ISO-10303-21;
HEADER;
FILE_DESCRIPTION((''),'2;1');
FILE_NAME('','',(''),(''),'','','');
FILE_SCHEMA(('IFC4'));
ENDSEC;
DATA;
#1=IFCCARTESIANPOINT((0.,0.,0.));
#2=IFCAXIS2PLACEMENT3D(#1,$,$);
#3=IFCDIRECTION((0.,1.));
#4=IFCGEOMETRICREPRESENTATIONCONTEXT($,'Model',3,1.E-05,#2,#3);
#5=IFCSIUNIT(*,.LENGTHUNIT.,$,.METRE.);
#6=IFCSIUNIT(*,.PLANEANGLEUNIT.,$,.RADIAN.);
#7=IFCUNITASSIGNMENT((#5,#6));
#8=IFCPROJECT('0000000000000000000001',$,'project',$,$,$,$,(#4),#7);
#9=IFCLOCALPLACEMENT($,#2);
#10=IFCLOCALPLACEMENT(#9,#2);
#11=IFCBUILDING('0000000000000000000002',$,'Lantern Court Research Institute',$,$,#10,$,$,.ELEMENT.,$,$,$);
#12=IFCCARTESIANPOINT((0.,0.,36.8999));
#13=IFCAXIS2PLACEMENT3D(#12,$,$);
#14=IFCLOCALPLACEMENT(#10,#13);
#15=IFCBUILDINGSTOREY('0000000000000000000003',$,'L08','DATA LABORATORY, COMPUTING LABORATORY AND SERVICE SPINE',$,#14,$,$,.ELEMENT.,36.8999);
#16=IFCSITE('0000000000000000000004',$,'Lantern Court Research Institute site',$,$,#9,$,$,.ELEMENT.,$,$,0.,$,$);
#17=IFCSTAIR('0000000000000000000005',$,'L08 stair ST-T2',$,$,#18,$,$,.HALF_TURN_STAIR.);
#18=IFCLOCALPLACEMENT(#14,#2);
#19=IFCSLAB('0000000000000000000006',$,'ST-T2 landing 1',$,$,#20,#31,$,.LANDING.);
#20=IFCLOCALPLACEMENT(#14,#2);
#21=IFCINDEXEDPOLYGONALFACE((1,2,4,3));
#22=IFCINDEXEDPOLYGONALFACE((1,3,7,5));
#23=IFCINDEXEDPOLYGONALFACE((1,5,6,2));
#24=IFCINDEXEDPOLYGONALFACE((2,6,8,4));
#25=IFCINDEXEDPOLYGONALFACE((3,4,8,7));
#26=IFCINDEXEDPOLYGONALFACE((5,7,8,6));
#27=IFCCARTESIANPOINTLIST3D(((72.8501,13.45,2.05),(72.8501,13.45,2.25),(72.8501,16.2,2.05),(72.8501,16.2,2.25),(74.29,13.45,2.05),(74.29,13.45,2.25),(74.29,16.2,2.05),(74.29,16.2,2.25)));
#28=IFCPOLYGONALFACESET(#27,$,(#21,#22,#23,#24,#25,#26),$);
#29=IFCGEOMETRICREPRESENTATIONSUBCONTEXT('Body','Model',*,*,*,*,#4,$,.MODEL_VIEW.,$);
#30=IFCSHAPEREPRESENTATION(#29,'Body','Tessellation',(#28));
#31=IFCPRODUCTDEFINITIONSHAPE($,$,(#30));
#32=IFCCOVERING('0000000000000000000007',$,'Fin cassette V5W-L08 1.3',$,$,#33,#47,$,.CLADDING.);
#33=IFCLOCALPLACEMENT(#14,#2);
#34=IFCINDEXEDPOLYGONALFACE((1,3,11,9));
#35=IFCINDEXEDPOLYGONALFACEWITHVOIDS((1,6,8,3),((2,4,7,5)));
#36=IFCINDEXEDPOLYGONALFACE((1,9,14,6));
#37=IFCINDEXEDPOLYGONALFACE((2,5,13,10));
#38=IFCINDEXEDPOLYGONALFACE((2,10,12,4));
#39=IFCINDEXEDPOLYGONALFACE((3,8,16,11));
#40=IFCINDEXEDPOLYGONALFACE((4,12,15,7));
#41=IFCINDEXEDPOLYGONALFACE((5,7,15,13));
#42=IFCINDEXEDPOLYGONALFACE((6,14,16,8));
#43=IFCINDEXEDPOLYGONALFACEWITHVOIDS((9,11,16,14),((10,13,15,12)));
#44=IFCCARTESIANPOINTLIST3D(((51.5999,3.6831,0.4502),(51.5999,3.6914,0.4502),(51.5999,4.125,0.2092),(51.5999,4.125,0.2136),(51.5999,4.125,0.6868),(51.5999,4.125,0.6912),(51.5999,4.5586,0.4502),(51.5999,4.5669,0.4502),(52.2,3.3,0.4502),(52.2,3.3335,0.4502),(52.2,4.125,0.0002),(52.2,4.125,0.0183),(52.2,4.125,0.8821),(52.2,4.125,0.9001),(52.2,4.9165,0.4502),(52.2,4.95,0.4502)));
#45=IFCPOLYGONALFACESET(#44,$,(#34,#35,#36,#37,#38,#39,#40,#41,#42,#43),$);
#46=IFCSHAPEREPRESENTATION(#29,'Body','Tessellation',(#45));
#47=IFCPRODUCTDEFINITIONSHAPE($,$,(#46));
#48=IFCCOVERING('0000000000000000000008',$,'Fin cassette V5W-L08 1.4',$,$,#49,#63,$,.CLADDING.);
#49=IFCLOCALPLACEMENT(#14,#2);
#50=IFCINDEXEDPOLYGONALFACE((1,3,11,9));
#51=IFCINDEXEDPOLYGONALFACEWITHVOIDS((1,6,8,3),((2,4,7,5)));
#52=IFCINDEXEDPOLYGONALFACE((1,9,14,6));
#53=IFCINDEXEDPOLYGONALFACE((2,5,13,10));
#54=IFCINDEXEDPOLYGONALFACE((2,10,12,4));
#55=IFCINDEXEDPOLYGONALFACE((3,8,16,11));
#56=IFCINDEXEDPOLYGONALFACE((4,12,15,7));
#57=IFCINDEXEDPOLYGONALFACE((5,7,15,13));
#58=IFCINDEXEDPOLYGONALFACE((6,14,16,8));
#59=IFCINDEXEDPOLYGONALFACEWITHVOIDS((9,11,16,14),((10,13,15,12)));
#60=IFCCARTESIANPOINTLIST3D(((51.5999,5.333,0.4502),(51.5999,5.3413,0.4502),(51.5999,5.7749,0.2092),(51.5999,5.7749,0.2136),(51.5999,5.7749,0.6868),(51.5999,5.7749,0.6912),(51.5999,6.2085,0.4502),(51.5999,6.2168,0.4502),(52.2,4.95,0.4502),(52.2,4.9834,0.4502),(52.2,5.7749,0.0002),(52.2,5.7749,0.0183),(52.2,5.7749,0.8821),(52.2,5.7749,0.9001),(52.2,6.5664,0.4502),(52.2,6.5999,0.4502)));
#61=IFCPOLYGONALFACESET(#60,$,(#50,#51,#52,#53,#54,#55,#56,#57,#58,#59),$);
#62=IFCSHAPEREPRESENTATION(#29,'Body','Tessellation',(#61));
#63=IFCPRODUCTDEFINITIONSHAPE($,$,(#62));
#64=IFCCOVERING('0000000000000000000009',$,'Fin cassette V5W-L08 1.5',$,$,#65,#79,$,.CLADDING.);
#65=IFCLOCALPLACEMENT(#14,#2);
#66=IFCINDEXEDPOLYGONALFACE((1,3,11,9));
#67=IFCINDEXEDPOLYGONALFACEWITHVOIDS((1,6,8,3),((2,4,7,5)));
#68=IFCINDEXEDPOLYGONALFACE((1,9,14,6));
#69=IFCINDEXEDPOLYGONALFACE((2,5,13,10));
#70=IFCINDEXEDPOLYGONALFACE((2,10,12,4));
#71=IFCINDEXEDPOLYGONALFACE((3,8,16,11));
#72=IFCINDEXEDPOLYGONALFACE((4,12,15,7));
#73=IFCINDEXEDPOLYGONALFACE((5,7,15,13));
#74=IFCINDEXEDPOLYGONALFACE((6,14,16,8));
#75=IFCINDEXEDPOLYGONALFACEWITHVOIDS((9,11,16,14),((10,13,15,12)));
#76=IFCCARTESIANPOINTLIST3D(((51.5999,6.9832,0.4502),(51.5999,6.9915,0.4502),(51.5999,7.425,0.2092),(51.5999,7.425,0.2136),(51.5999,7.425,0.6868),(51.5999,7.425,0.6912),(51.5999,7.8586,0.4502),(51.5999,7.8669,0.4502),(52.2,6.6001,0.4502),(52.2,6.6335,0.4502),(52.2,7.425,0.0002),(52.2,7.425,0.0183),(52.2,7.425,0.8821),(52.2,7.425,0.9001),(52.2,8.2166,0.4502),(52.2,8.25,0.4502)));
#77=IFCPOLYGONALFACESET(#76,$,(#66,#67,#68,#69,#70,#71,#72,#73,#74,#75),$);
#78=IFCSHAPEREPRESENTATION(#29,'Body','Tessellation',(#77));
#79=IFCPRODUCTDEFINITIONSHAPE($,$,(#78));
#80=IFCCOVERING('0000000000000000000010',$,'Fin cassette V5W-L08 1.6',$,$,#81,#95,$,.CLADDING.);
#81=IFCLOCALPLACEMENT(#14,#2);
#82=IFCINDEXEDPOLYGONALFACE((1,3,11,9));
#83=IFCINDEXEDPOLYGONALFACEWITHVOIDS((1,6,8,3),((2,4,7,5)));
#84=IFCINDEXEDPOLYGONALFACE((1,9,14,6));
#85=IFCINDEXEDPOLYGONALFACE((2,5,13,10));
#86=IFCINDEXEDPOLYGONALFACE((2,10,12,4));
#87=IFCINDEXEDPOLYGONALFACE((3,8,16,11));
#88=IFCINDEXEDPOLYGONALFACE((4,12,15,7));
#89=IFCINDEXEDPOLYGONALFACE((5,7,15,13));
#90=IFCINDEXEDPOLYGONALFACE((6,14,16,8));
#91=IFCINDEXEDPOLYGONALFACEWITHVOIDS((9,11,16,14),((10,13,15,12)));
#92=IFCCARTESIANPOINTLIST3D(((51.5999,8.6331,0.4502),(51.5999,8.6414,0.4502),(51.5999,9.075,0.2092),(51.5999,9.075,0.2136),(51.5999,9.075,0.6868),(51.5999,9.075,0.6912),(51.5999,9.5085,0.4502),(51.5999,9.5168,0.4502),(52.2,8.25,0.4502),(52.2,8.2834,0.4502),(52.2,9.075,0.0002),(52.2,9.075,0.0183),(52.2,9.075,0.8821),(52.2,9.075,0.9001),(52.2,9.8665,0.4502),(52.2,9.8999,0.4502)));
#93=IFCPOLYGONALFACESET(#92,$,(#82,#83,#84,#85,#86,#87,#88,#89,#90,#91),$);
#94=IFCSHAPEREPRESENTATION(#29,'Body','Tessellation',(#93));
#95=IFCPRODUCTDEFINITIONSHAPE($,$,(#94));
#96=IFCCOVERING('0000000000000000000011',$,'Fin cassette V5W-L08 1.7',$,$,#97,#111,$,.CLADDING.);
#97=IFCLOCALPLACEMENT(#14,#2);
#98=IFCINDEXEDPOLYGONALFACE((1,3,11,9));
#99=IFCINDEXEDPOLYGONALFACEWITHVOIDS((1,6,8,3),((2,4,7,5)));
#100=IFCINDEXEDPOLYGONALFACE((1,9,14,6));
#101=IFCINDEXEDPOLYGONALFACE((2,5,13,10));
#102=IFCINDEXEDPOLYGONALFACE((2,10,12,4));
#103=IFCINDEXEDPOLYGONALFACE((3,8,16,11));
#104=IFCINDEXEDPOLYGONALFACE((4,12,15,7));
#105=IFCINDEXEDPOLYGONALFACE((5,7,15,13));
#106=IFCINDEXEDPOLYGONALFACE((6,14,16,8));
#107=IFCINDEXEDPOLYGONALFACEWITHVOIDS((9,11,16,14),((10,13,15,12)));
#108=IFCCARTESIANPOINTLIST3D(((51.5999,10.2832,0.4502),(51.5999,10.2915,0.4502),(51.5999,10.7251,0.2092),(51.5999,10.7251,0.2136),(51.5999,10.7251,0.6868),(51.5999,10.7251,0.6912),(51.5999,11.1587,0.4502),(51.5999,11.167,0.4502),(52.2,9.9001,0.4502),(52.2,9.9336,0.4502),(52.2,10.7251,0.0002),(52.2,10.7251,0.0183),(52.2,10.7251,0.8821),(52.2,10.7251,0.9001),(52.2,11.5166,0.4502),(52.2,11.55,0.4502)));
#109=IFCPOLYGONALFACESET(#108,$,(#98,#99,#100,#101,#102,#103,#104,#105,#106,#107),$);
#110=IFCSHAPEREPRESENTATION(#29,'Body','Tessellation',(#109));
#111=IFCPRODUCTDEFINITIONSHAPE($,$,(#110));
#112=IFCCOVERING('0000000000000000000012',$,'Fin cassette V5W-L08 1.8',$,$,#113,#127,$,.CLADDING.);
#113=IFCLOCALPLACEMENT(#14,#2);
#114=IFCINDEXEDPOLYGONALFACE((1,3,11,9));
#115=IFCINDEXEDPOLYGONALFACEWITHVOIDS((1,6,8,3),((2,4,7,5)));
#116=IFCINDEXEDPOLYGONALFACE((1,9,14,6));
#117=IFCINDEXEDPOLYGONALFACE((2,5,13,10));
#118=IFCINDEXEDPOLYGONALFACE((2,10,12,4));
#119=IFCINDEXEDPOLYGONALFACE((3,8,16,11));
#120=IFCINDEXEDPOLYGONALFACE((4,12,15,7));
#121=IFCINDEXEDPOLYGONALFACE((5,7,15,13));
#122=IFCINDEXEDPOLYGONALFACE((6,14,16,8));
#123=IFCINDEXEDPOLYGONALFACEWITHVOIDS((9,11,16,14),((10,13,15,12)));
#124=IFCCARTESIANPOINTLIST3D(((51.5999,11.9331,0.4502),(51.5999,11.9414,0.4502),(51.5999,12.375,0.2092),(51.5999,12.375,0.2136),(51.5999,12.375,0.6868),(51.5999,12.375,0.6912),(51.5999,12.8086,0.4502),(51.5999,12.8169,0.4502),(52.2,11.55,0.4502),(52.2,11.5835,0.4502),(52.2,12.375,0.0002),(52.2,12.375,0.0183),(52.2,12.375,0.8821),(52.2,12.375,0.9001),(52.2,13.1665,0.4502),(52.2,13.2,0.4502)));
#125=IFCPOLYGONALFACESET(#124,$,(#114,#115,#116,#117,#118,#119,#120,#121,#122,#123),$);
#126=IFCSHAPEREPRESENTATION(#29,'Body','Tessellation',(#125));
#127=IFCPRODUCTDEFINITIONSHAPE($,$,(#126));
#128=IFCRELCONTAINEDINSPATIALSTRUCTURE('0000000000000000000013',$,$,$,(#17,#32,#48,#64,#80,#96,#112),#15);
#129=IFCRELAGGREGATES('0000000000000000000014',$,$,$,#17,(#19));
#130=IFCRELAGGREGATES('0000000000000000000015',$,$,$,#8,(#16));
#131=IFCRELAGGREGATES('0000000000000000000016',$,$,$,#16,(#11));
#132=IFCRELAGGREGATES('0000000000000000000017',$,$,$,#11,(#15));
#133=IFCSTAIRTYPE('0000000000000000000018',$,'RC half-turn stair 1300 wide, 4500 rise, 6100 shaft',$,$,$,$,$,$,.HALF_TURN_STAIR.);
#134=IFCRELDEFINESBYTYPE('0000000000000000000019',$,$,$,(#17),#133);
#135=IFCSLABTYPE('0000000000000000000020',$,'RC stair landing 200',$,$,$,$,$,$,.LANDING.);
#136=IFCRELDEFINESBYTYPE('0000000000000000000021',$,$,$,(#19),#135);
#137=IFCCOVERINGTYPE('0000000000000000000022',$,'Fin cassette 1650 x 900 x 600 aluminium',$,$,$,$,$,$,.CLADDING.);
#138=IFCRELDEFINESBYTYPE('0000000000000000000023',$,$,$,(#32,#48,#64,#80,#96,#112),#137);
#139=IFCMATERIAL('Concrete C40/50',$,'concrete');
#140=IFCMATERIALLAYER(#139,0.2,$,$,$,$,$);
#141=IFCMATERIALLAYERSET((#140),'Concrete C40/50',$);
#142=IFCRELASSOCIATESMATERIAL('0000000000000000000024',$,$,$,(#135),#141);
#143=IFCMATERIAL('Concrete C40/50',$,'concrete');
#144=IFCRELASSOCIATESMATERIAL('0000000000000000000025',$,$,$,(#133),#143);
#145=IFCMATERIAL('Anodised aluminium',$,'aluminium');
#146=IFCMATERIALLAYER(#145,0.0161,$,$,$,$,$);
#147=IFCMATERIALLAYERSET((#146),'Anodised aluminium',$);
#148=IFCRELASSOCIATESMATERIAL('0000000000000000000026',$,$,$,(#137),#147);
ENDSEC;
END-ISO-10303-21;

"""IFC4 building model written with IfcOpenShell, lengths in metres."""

from ifc_helpers import new_model, entity, si_unit, direction, frame, origin, place, context, subcontext, project, spatial, polyline, outline, extrude, material, layer, layer_set, type_object, element, aggregate, save


model = new_model("IFC4")

# Units and contexts
model_context = context("Model", 3, precision=1e-05, world=origin(), true_north=direction((0.0, 1.0)))
body_context = subcontext(model_context, "Body", "Model", "MODEL_VIEW")
ifc_project = project(units=[si_unit("LENGTHUNIT", "METRE"), si_unit("PLANEANGLEUNIT", "RADIAN")], contexts=[model_context])

# Site, building, storey
site_placement = place(None, origin())
site = spatial("IfcSite", under=ifc_project, at=site_placement, Name="Lantern Court Research Institute site", CompositionType="ELEMENT", RefElevation=0.0)
building_placement = place(site_placement, origin())
building = spatial("IfcBuilding", under=site, at=building_placement, Name="Lantern Court Research Institute", CompositionType="ELEMENT")
storey_placement = place(building_placement, frame((0.0, 0.0, 36.8999)))
storey = spatial("IfcBuildingStorey", under=building, at=storey_placement, Name="L08", Description="DATA LABORATORY, COMPUTING LABORATORY AND SERVICE SPINE", CompositionType="ELEMENT", Elevation=36.8999)

# Stair, slab
ifc_material_1 = material(Name="Concrete C40/50", Category="concrete")
ifc_layer_1 = layer(ifc_material_1, 0.2)
ifc_layer_set_1 = layer_set([ifc_layer_1], Name="Concrete C40/50")
slab_type_1 = type_object("IfcSlabType", Name="RC stair landing 200", PredefinedType="LANDING", material=ifc_layer_set_1)
ifc_material_2 = material(Name="Concrete C40/50", Category="concrete")
stair_type_1 = type_object("IfcStairType", Name="RC half-turn stair 1300 wide, 4500 rise, 6100 shaft", PredefinedType="HALF_TURN_STAIR", material=ifc_material_2)
stair_1_placement = place(storey_placement, origin())
stair_1 = element("IfcStair", 1, at=stair_1_placement, inside=storey, type_object=stair_type_1, Name="L08 stair ST-T2", PredefinedType="HALF_TURN_STAIR")
slab_1_placement = place(storey_placement, frame((0.0, 0.0, 2.05)))
slab_1 = element("IfcSlab", 2, at=slab_1_placement, type_object=slab_type_1, Name="ST-T2 landing 1", PredefinedType="LANDING", context=body_context, shape_type="SweptSolid", body=[
    extrude(outline(polyline([(74.29, 16.2), (72.8501, 16.2), (72.8501, 13.45), (74.29, 13.45), (74.29, 16.2)])), origin(), (0.0, 0.0, 1.0), 0.2),
])
aggregate(stair_1, [slab_1])

# Coverings
ifc_material_3 = material(Name="Anodised aluminium", Category="aluminium")
ifc_layer_2 = layer(ifc_material_3, 0.0161)
ifc_layer_set_2 = layer_set([ifc_layer_2], Name="Anodised aluminium")
covering_type = type_object("IfcCoveringType", Name="Fin cassette 1650 x 900 x 600 aluminium", PredefinedType="CLADDING", material=ifc_layer_set_2)
covering_1_placement = place(storey_placement, frame((52.2, 4.125, 0.4502), z_axis=(-1.0, 0.0, 0.0), x_axis=(0.0, -1.0, 0.0)))
cartesian_point_1 = entity("IfcCartesianPoint", [0.825, 0.0])
cartesian_point_2 = entity("IfcCartesianPoint", [0.7915, 0.0])
cartesian_point_3 = entity("IfcCartesianPoint", [0.4419, 0.0])
cartesian_point_4 = entity("IfcCartesianPoint", [0.4336, 0.0])
element("IfcCovering", 3, at=covering_1_placement, inside=storey, type_object=covering_type, Name="Fin cassette V5W-L08 1.3", PredefinedType="CLADDING", context=body_context, shape_type="SweptSolid", body=[
    entity("IfcExtrudedAreaSolidTapered", entity("IfcArbitraryProfileDefWithVoids", "AREA", None, entity("IfcPolyline", [cartesian_point_1, entity("IfcCartesianPoint", [0.0, 0.45]), entity("IfcCartesianPoint", [-0.825, 0.0]), entity("IfcCartesianPoint", [0.0, -0.45]), cartesian_point_1]), [entity("IfcPolyline", [cartesian_point_2, entity("IfcCartesianPoint", [0.0, 0.4319]), entity("IfcCartesianPoint", [-0.7915, 0.0]), entity("IfcCartesianPoint", [0.0, -0.4319]), cartesian_point_2])]), entity("IfcAxis2Placement3D", entity("IfcCartesianPoint", [0.0, 0.0, 0.0])), entity("IfcDirection", [0.0, 0.0, 1.0]), 0.6001, entity("IfcArbitraryProfileDefWithVoids", "AREA", None, entity("IfcPolyline", [cartesian_point_3, entity("IfcCartesianPoint", [0.0, 0.241]), entity("IfcCartesianPoint", [-0.4419, 0.0]), entity("IfcCartesianPoint", [0.0, -0.241]), cartesian_point_3]), [entity("IfcPolyline", [cartesian_point_4, entity("IfcCartesianPoint", [0.0, 0.2366]), entity("IfcCartesianPoint", [-0.4336, 0.0]), entity("IfcCartesianPoint", [0.0, -0.2366]), cartesian_point_4])])),
])
covering_2_placement = place(storey_placement, frame((52.2, 5.7749, 0.4502), z_axis=(-1.0, 0.0, 0.0), x_axis=(0.0, -1.0, 0.0)))
cartesian_point_5 = entity("IfcCartesianPoint", [0.825, 0.0])
cartesian_point_6 = entity("IfcCartesianPoint", [0.7915, 0.0])
cartesian_point_7 = entity("IfcCartesianPoint", [0.4419, 0.0])
cartesian_point_8 = entity("IfcCartesianPoint", [0.4336, 0.0])
element("IfcCovering", 4, at=covering_2_placement, inside=storey, type_object=covering_type, Name="Fin cassette V5W-L08 1.4", PredefinedType="CLADDING", context=body_context, shape_type="SweptSolid", body=[
    entity("IfcExtrudedAreaSolidTapered", entity("IfcArbitraryProfileDefWithVoids", "AREA", None, entity("IfcPolyline", [cartesian_point_5, entity("IfcCartesianPoint", [0.0, 0.45]), entity("IfcCartesianPoint", [-0.825, 0.0]), entity("IfcCartesianPoint", [0.0, -0.45]), cartesian_point_5]), [entity("IfcPolyline", [cartesian_point_6, entity("IfcCartesianPoint", [0.0, 0.4319]), entity("IfcCartesianPoint", [-0.7915, 0.0]), entity("IfcCartesianPoint", [0.0, -0.4319]), cartesian_point_6])]), entity("IfcAxis2Placement3D", entity("IfcCartesianPoint", [0.0, 0.0, 0.0])), entity("IfcDirection", [0.0, 0.0, 1.0]), 0.6001, entity("IfcArbitraryProfileDefWithVoids", "AREA", None, entity("IfcPolyline", [cartesian_point_7, entity("IfcCartesianPoint", [0.0, 0.241]), entity("IfcCartesianPoint", [-0.4419, 0.0]), entity("IfcCartesianPoint", [0.0, -0.241]), cartesian_point_7]), [entity("IfcPolyline", [cartesian_point_8, entity("IfcCartesianPoint", [0.0, 0.2366]), entity("IfcCartesianPoint", [-0.4336, 0.0]), entity("IfcCartesianPoint", [0.0, -0.2366]), cartesian_point_8])])),
])
covering_3_placement = place(storey_placement, frame((52.2, 7.425, 0.4502), z_axis=(-1.0, 0.0, 0.0), x_axis=(0.0, -1.0, 0.0)))
cartesian_point_9 = entity("IfcCartesianPoint", [0.825, 0.0])
cartesian_point_10 = entity("IfcCartesianPoint", [0.7915, 0.0])
cartesian_point_11 = entity("IfcCartesianPoint", [0.4419, 0.0])
cartesian_point_12 = entity("IfcCartesianPoint", [0.4336, 0.0])
element("IfcCovering", 5, at=covering_3_placement, inside=storey, type_object=covering_type, Name="Fin cassette V5W-L08 1.5", PredefinedType="CLADDING", context=body_context, shape_type="SweptSolid", body=[
    entity("IfcExtrudedAreaSolidTapered", entity("IfcArbitraryProfileDefWithVoids", "AREA", None, entity("IfcPolyline", [cartesian_point_9, entity("IfcCartesianPoint", [0.0, 0.45]), entity("IfcCartesianPoint", [-0.825, 0.0]), entity("IfcCartesianPoint", [0.0, -0.45]), cartesian_point_9]), [entity("IfcPolyline", [cartesian_point_10, entity("IfcCartesianPoint", [0.0, 0.4319]), entity("IfcCartesianPoint", [-0.7915, 0.0]), entity("IfcCartesianPoint", [0.0, -0.4319]), cartesian_point_10])]), entity("IfcAxis2Placement3D", entity("IfcCartesianPoint", [0.0, 0.0, 0.0])), entity("IfcDirection", [0.0, 0.0, 1.0]), 0.6001, entity("IfcArbitraryProfileDefWithVoids", "AREA", None, entity("IfcPolyline", [cartesian_point_11, entity("IfcCartesianPoint", [0.0, 0.241]), entity("IfcCartesianPoint", [-0.4419, 0.0]), entity("IfcCartesianPoint", [0.0, -0.241]), cartesian_point_11]), [entity("IfcPolyline", [cartesian_point_12, entity("IfcCartesianPoint", [0.0, 0.2366]), entity("IfcCartesianPoint", [-0.4336, 0.0]), entity("IfcCartesianPoint", [0.0, -0.2366]), cartesian_point_12])])),
])
covering_4_placement = place(storey_placement, frame((52.2, 9.075, 0.4502), z_axis=(-1.0, 0.0, 0.0), x_axis=(0.0, -1.0, 0.0)))
cartesian_point_13 = entity("IfcCartesianPoint", [0.825, 0.0])
cartesian_point_14 = entity("IfcCartesianPoint", [0.7915, 0.0])
cartesian_point_15 = entity("IfcCartesianPoint", [0.4419, 0.0])
cartesian_point_16 = entity("IfcCartesianPoint", [0.4336, 0.0])
element("IfcCovering", 6, at=covering_4_placement, inside=storey, type_object=covering_type, Name="Fin cassette V5W-L08 1.6", PredefinedType="CLADDING", context=body_context, shape_type="SweptSolid", body=[
    entity("IfcExtrudedAreaSolidTapered", entity("IfcArbitraryProfileDefWithVoids", "AREA", None, entity("IfcPolyline", [cartesian_point_13, entity("IfcCartesianPoint", [0.0, 0.45]), entity("IfcCartesianPoint", [-0.825, 0.0]), entity("IfcCartesianPoint", [0.0, -0.45]), cartesian_point_13]), [entity("IfcPolyline", [cartesian_point_14, entity("IfcCartesianPoint", [0.0, 0.4319]), entity("IfcCartesianPoint", [-0.7915, 0.0]), entity("IfcCartesianPoint", [0.0, -0.4319]), cartesian_point_14])]), entity("IfcAxis2Placement3D", entity("IfcCartesianPoint", [0.0, 0.0, 0.0])), entity("IfcDirection", [0.0, 0.0, 1.0]), 0.6001, entity("IfcArbitraryProfileDefWithVoids", "AREA", None, entity("IfcPolyline", [cartesian_point_15, entity("IfcCartesianPoint", [0.0, 0.241]), entity("IfcCartesianPoint", [-0.4419, 0.0]), entity("IfcCartesianPoint", [0.0, -0.241]), cartesian_point_15]), [entity("IfcPolyline", [cartesian_point_16, entity("IfcCartesianPoint", [0.0, 0.2366]), entity("IfcCartesianPoint", [-0.4336, 0.0]), entity("IfcCartesianPoint", [0.0, -0.2366]), cartesian_point_16])])),
])
covering_5_placement = place(storey_placement, frame((52.2, 10.7251, 0.4502), z_axis=(-1.0, 0.0, 0.0), x_axis=(0.0, -1.0, 0.0)))
cartesian_point_17 = entity("IfcCartesianPoint", [0.825, 0.0])
cartesian_point_18 = entity("IfcCartesianPoint", [0.7915, 0.0])
cartesian_point_19 = entity("IfcCartesianPoint", [0.4419, 0.0])
cartesian_point_20 = entity("IfcCartesianPoint", [0.4336, 0.0])
element("IfcCovering", 7, at=covering_5_placement, inside=storey, type_object=covering_type, Name="Fin cassette V5W-L08 1.7", PredefinedType="CLADDING", context=body_context, shape_type="SweptSolid", body=[
    entity("IfcExtrudedAreaSolidTapered", entity("IfcArbitraryProfileDefWithVoids", "AREA", None, entity("IfcPolyline", [cartesian_point_17, entity("IfcCartesianPoint", [0.0, 0.45]), entity("IfcCartesianPoint", [-0.825, 0.0]), entity("IfcCartesianPoint", [0.0, -0.45]), cartesian_point_17]), [entity("IfcPolyline", [cartesian_point_18, entity("IfcCartesianPoint", [0.0, 0.4319]), entity("IfcCartesianPoint", [-0.7915, 0.0]), entity("IfcCartesianPoint", [0.0, -0.4319]), cartesian_point_18])]), entity("IfcAxis2Placement3D", entity("IfcCartesianPoint", [0.0, 0.0, 0.0])), entity("IfcDirection", [0.0, 0.0, 1.0]), 0.6001, entity("IfcArbitraryProfileDefWithVoids", "AREA", None, entity("IfcPolyline", [cartesian_point_19, entity("IfcCartesianPoint", [0.0, 0.241]), entity("IfcCartesianPoint", [-0.4419, 0.0]), entity("IfcCartesianPoint", [0.0, -0.241]), cartesian_point_19]), [entity("IfcPolyline", [cartesian_point_20, entity("IfcCartesianPoint", [0.0, 0.2366]), entity("IfcCartesianPoint", [-0.4336, 0.0]), entity("IfcCartesianPoint", [0.0, -0.2366]), cartesian_point_20])])),
])
covering_6_placement = place(storey_placement, frame((52.2, 12.375, 0.4502), z_axis=(-1.0, 0.0, 0.0), x_axis=(0.0, -1.0, 0.0)))
cartesian_point_21 = entity("IfcCartesianPoint", [0.825, 0.0])
cartesian_point_22 = entity("IfcCartesianPoint", [0.7915, 0.0])
cartesian_point_23 = entity("IfcCartesianPoint", [0.4419, 0.0])
cartesian_point_24 = entity("IfcCartesianPoint", [0.4336, 0.0])
element("IfcCovering", 8, at=covering_6_placement, inside=storey, type_object=covering_type, Name="Fin cassette V5W-L08 1.8", PredefinedType="CLADDING", context=body_context, shape_type="SweptSolid", body=[
    entity("IfcExtrudedAreaSolidTapered", entity("IfcArbitraryProfileDefWithVoids", "AREA", None, entity("IfcPolyline", [cartesian_point_21, entity("IfcCartesianPoint", [0.0, 0.45]), entity("IfcCartesianPoint", [-0.825, 0.0]), entity("IfcCartesianPoint", [0.0, -0.45]), cartesian_point_21]), [entity("IfcPolyline", [cartesian_point_22, entity("IfcCartesianPoint", [0.0, 0.4319]), entity("IfcCartesianPoint", [-0.7915, 0.0]), entity("IfcCartesianPoint", [0.0, -0.4319]), cartesian_point_22])]), entity("IfcAxis2Placement3D", entity("IfcCartesianPoint", [0.0, 0.0, 0.0])), entity("IfcDirection", [0.0, 0.0, 1.0]), 0.6001, entity("IfcArbitraryProfileDefWithVoids", "AREA", None, entity("IfcPolyline", [cartesian_point_23, entity("IfcCartesianPoint", [0.0, 0.241]), entity("IfcCartesianPoint", [-0.4419, 0.0]), entity("IfcCartesianPoint", [0.0, -0.241]), cartesian_point_23]), [entity("IfcPolyline", [cartesian_point_24, entity("IfcCartesianPoint", [0.0, 0.2366]), entity("IfcCartesianPoint", [-0.4336, 0.0]), entity("IfcCartesianPoint", [0.0, -0.2366]), cartesian_point_24])])),
])

save(model, "model.ifc")
